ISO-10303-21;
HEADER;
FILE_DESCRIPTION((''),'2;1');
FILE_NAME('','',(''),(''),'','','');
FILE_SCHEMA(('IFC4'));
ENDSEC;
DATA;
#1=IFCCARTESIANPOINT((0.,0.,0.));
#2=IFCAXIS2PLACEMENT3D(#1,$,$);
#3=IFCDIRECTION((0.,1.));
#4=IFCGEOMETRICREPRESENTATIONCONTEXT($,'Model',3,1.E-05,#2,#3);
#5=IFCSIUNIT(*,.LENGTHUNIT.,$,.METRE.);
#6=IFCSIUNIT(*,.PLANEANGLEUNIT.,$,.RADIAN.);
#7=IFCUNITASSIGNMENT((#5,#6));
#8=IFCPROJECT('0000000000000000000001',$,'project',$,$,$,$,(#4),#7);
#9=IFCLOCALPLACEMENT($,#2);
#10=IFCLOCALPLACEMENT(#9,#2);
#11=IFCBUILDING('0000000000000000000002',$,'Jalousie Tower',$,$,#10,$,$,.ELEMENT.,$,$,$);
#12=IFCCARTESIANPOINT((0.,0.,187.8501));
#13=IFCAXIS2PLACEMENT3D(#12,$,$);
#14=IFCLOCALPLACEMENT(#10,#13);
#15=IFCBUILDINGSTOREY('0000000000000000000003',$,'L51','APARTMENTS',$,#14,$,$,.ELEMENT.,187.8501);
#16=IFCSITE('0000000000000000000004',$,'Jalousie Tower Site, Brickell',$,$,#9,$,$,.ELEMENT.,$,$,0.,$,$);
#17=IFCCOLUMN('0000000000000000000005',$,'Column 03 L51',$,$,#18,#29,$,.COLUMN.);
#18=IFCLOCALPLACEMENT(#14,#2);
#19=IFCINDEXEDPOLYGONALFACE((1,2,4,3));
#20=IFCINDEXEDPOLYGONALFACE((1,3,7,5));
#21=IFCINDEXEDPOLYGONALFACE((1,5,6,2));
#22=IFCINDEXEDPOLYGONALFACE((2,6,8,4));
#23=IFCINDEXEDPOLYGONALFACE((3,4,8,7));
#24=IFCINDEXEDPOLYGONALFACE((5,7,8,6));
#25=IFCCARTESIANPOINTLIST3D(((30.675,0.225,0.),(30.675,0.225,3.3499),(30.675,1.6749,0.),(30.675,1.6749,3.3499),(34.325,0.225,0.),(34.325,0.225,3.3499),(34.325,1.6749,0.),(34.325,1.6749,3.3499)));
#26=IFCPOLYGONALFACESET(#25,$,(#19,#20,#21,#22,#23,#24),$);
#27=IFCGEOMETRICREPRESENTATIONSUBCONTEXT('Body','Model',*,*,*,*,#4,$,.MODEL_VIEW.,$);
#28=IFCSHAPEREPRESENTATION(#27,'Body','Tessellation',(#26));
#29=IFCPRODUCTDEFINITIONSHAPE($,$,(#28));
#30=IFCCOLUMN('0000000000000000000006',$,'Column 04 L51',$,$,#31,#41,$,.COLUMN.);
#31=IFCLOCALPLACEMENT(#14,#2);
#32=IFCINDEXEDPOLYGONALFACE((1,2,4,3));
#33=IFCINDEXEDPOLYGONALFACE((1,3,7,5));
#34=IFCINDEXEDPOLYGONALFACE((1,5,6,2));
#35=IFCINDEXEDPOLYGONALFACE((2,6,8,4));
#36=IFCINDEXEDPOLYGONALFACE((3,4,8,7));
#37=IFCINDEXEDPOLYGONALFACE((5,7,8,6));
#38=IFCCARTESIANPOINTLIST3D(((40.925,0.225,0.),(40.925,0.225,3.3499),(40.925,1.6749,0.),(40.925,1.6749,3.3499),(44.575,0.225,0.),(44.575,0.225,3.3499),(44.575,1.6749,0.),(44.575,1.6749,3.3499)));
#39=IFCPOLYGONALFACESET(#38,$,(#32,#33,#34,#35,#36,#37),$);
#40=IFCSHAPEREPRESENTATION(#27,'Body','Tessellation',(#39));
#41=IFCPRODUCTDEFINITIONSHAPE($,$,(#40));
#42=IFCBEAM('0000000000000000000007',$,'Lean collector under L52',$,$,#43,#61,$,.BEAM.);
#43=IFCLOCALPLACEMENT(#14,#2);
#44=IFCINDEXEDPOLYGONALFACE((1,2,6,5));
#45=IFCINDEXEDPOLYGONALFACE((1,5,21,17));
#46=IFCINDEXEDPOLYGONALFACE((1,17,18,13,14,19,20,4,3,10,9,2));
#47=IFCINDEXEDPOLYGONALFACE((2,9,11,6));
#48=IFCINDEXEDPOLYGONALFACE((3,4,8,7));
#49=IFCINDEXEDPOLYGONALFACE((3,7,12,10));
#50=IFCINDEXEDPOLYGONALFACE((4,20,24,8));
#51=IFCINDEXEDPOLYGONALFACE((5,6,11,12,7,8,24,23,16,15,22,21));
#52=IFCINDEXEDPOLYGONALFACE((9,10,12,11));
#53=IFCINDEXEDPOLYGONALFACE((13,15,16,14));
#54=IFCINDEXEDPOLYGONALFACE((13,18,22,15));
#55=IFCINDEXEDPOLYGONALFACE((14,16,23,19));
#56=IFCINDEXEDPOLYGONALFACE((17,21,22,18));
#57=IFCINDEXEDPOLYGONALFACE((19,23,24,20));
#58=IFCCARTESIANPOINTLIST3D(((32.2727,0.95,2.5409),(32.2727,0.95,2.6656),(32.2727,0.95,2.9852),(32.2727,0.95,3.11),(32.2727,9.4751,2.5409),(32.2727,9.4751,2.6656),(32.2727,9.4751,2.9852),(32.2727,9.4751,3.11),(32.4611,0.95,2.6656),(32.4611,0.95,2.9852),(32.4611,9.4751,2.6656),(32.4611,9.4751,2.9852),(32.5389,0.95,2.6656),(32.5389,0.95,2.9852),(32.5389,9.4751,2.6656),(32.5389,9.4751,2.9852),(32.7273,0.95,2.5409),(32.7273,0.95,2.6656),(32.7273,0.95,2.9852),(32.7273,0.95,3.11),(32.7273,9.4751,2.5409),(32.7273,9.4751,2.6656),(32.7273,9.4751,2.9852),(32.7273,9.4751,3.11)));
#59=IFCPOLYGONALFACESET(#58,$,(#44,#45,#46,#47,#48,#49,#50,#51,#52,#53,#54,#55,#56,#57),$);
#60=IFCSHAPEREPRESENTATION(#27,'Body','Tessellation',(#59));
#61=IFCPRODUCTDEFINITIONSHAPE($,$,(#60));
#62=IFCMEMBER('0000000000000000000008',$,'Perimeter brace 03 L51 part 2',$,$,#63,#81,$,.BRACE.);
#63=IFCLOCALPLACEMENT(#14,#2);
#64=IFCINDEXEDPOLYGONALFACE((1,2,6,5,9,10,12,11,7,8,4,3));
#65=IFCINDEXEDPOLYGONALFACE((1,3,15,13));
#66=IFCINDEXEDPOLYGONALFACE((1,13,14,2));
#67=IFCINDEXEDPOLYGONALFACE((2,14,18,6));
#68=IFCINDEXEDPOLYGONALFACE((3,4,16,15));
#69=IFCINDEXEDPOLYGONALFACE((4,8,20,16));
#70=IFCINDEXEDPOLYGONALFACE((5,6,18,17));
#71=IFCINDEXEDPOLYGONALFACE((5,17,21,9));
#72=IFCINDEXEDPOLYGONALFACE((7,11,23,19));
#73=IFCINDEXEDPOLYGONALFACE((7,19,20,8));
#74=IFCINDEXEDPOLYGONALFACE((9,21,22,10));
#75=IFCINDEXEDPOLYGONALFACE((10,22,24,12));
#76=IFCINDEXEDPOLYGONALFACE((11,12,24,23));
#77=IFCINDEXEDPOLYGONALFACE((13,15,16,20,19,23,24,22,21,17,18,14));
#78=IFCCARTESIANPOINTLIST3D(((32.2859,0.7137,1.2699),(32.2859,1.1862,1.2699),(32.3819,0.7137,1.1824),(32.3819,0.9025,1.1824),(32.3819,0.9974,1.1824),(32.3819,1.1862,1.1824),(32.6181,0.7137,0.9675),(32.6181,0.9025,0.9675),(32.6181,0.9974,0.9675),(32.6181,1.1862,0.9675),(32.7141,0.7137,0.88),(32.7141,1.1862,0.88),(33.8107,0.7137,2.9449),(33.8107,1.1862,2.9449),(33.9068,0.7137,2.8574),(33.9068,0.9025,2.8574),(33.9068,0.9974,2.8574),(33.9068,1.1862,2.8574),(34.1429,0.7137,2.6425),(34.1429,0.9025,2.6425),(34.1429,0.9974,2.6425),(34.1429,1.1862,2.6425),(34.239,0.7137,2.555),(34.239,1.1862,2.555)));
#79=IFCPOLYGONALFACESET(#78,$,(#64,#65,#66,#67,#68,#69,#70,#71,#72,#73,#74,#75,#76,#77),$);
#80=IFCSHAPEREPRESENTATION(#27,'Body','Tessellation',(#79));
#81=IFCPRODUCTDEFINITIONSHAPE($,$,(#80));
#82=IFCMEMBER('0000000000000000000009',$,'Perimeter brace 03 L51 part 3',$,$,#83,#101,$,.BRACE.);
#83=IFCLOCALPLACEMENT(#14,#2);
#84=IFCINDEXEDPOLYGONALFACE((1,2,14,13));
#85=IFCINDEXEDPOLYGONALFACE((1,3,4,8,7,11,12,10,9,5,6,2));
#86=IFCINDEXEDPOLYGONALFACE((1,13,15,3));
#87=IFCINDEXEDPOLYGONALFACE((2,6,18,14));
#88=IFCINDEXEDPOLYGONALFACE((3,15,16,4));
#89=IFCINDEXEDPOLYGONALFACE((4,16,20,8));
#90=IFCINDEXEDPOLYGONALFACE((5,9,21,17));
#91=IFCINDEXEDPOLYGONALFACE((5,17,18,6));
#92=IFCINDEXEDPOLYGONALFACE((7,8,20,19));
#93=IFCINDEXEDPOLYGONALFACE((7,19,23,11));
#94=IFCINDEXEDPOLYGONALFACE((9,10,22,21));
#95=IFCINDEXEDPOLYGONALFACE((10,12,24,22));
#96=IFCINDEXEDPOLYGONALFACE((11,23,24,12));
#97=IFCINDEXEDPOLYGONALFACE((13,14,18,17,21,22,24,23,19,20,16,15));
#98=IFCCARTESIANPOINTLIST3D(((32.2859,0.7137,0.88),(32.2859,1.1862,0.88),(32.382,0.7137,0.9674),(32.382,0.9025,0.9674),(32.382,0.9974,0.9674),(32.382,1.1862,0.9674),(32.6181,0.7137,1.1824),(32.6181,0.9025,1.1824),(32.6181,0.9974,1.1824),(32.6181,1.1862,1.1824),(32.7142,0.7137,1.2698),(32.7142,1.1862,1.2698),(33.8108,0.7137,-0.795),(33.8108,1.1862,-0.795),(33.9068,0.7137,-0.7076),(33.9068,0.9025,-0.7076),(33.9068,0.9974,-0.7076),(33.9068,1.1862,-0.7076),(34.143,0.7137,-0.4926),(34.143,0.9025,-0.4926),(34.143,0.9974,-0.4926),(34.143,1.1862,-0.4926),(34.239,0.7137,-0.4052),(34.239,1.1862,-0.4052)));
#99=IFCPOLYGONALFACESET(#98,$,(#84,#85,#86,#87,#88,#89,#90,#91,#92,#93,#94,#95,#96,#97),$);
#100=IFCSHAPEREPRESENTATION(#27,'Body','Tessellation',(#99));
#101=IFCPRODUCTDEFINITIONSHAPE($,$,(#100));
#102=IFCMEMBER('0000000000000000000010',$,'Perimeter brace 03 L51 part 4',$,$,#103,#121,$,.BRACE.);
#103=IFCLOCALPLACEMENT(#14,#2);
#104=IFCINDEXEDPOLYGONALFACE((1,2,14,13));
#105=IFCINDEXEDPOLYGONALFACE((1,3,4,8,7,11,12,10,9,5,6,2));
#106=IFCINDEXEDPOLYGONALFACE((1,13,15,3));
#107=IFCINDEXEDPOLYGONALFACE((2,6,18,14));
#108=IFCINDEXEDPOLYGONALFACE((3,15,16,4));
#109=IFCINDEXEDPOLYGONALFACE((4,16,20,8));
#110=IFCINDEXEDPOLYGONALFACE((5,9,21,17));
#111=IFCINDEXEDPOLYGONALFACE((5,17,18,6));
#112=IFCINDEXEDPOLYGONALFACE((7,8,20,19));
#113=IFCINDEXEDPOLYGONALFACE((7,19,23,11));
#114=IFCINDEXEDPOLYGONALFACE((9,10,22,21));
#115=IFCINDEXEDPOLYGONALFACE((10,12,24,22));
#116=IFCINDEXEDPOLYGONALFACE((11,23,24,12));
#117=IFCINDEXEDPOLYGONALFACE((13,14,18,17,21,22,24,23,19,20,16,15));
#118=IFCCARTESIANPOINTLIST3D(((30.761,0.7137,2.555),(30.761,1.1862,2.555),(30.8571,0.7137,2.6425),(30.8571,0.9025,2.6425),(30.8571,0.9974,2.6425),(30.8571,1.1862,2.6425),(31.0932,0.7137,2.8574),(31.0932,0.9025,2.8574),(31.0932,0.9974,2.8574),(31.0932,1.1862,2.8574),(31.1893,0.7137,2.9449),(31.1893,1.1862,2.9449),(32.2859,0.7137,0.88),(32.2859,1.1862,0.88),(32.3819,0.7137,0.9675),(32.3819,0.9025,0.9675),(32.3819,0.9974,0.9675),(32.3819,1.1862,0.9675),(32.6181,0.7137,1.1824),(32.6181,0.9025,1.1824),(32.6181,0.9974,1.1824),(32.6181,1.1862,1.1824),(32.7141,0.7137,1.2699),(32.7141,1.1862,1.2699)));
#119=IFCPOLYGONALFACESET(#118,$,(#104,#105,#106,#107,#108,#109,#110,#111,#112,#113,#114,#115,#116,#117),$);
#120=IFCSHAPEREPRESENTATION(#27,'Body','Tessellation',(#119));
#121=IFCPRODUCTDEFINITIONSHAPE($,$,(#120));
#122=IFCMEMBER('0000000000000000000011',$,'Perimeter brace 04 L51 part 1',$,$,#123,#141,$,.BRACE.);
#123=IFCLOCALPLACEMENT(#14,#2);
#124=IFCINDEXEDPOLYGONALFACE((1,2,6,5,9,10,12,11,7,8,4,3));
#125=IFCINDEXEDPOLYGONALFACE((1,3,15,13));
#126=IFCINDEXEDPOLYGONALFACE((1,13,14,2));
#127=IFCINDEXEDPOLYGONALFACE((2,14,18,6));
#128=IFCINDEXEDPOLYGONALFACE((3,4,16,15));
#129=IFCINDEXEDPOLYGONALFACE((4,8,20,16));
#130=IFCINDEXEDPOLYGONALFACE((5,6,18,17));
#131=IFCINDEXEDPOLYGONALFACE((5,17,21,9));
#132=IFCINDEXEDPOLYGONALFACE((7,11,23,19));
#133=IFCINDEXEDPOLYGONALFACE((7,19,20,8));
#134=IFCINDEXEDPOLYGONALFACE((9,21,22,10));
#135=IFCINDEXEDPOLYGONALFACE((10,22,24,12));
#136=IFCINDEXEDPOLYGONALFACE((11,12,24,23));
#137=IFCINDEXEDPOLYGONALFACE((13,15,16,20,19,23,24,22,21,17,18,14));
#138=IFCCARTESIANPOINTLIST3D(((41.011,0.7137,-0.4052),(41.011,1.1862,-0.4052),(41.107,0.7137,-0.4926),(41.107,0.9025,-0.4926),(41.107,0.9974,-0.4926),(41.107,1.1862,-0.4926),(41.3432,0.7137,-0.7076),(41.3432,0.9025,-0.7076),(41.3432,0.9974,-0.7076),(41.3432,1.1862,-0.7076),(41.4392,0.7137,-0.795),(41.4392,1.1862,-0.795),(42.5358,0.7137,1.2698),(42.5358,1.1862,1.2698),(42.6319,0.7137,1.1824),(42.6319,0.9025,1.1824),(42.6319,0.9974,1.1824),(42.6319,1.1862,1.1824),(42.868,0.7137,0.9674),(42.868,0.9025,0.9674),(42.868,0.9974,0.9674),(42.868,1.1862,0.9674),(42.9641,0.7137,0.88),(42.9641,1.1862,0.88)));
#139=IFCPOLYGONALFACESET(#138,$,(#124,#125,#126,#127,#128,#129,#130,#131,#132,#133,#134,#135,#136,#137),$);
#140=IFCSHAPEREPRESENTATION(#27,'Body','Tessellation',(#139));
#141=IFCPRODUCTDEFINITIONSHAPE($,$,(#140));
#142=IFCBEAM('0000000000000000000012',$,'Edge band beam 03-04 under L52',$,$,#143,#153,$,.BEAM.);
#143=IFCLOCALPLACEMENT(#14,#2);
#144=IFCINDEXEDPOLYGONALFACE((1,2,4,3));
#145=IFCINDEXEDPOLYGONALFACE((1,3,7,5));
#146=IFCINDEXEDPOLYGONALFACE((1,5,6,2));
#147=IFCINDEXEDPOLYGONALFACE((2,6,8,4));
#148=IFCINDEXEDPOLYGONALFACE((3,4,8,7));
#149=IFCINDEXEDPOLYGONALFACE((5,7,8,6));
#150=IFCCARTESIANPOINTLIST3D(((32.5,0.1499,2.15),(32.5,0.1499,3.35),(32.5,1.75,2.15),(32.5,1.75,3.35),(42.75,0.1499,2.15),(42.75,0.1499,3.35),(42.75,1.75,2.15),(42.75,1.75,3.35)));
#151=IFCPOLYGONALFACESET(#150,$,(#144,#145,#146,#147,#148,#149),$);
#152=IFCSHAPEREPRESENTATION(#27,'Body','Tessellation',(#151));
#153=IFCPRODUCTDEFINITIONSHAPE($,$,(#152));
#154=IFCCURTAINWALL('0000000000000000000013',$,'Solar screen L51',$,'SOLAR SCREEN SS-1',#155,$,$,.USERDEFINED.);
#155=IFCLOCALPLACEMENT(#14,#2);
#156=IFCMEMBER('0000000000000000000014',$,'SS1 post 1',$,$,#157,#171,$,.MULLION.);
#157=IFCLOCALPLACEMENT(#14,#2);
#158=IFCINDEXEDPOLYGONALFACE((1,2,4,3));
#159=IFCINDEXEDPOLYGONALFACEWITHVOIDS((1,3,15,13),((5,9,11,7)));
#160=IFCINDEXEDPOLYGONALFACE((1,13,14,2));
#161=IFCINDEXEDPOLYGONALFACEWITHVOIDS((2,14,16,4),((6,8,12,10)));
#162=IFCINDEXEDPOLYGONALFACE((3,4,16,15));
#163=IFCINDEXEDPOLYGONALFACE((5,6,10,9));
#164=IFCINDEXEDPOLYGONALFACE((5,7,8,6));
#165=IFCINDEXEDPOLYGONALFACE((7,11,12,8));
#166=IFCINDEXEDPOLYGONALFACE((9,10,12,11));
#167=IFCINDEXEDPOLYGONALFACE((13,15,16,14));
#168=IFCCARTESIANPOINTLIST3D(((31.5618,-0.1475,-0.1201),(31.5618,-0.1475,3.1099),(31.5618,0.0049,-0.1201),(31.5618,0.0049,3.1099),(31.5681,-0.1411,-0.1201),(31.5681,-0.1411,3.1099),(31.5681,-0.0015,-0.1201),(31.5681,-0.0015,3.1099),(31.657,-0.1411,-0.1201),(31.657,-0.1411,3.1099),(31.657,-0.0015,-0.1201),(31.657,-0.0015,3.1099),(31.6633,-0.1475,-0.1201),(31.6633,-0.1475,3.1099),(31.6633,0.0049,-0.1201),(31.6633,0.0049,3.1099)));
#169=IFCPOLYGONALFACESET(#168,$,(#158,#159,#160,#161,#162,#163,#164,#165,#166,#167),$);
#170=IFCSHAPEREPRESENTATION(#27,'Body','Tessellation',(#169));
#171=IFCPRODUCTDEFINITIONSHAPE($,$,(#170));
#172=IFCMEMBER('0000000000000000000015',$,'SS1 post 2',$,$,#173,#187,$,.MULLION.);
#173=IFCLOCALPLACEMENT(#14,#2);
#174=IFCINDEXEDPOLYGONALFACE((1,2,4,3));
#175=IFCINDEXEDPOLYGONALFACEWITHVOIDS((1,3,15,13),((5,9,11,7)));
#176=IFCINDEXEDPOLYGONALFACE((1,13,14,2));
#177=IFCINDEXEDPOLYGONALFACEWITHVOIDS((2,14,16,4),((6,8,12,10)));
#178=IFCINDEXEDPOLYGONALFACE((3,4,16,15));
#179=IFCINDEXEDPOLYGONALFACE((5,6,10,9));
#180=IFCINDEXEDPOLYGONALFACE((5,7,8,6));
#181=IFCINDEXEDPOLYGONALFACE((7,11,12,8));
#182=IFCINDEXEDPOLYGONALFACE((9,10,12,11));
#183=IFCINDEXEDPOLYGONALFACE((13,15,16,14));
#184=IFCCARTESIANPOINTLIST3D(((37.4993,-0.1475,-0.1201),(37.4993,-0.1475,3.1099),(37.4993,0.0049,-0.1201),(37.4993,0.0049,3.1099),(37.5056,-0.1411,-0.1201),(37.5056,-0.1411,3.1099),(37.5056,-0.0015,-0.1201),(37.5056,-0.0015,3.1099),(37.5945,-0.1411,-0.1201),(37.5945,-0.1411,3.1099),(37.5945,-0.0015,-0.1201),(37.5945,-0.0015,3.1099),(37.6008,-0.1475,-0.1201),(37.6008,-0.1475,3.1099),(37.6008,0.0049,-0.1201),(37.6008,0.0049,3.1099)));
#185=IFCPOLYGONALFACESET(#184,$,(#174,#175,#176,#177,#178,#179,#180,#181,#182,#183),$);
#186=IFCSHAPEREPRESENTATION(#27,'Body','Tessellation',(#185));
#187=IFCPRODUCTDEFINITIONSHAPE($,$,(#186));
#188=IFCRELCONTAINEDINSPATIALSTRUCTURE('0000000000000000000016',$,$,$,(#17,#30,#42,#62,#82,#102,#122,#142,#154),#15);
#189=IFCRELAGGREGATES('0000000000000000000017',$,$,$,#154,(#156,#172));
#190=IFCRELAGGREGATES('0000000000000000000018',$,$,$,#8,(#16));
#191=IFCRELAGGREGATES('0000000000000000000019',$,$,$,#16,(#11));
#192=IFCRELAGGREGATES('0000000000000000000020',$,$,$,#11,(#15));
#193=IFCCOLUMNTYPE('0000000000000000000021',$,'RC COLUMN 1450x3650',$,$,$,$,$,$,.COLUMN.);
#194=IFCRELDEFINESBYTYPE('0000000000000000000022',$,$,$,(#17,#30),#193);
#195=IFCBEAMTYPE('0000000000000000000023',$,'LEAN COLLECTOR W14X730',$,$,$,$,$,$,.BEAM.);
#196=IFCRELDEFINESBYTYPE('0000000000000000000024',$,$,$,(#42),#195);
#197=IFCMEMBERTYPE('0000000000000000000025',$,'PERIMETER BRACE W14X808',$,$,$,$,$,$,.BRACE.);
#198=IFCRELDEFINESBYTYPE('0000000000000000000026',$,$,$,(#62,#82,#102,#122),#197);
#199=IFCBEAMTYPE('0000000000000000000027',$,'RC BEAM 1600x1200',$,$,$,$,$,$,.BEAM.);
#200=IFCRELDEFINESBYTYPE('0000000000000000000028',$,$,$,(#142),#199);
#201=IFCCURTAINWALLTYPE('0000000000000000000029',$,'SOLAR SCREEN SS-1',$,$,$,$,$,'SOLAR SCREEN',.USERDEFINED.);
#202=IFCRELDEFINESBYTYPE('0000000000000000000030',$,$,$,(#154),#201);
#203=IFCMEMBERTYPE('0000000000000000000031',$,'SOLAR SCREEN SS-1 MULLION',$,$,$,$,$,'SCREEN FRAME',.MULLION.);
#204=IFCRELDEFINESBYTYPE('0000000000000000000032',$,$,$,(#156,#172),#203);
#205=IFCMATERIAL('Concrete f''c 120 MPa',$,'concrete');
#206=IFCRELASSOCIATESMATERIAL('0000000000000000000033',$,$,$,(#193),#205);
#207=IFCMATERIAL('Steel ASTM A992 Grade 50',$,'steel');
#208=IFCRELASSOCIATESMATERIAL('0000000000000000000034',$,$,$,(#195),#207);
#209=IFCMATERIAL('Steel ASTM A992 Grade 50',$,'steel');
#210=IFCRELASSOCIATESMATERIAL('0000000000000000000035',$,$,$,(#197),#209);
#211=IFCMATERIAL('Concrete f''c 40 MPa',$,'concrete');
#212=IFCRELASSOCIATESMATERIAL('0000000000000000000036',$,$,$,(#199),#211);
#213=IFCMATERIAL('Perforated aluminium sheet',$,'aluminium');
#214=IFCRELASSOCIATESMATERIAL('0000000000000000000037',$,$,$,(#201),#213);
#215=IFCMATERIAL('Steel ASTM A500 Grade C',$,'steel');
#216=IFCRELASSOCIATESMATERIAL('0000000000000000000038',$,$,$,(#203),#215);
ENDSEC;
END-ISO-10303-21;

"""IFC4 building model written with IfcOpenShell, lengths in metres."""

from ifc_helpers import new_model, si_unit, direction, frame, origin, origin_2d, place, context, subcontext, project, spatial, rectangle, hollow_rectangle, i_section, extrude, material, material_profile, profile_set, type_object, element, aggregate, save


model = new_model("IFC4")

# Units and contexts
model_context = context("Model", 3, precision=1e-05, world=origin(), true_north=direction((0.0, 1.0)))
body_context = subcontext(model_context, "Body", "Model", "MODEL_VIEW")
ifc_project = project(units=[si_unit("LENGTHUNIT", "METRE"), si_unit("PLANEANGLEUNIT", "RADIAN")], contexts=[model_context])

# Site, building, storey
site_placement = place(None, origin())
site = spatial("IfcSite", under=ifc_project, at=site_placement, Name="Jalousie Tower Site, Brickell", CompositionType="ELEMENT", RefElevation=0.0)
building_placement = place(site_placement, origin())
building = spatial("IfcBuilding", under=site, at=building_placement, Name="Jalousie Tower", CompositionType="ELEMENT")
storey_placement = place(building_placement, frame((0.0, 0.0, 187.8501)))
storey = spatial("IfcBuildingStorey", under=building, at=storey_placement, Name="L51", Description="APARTMENTS", CompositionType="ELEMENT", Elevation=187.8501)

# Columns
ifc_material_1 = material(Name="Concrete f'c 120 MPa", Category="concrete")
ifc_material_profile_1 = material_profile(ifc_material_1, rectangle(XDim=1.45, YDim=3.6499, at=origin_2d()), Name="RC 1450x3650")
ifc_profile_set_1 = profile_set([ifc_material_profile_1], Name="Concrete f'c 120 MPa")
column_type = type_object("IfcColumnType", Name="RC COLUMN 1450x3650", PredefinedType="COLUMN", material=ifc_profile_set_1)
for number, where, z_axis, x_axis, name in (
    (1, (32.5, 0.95, 0.0), (0.0, 0.0, 1.0), (0.0, 1.0, 0.0), "Column 03 L51"),
    (2, (42.75, 0.95, 0.0), (0.0, 0.0, 1.0), (0.0, 1.0, 0.0), "Column 04 L51"),
):
    element("IfcColumn", number, at=place(storey_placement, frame(where, z_axis=z_axis, x_axis=x_axis)), inside=storey, type_object=column_type, Name=name, PredefinedType="COLUMN", context=body_context, shape_type="SweptSolid", body=[
        extrude(rectangle(XDim=1.45, YDim=3.6499, at=origin_2d()), origin(), (0.0, 0.0, 1.0), 3.3499),
    ])

# Beam
ifc_material_2 = material(Name="Steel ASTM A992 Grade 50", Category="steel")
ifc_material_profile_2 = material_profile(ifc_material_2, i_section(OverallWidth=0.4546, OverallDepth=0.5691, WebThickness=0.0779, FlangeThickness=0.1248, at=origin_2d()), Name="W14X730")
ifc_profile_set_2 = profile_set([ifc_material_profile_2], Name="Steel ASTM A992 Grade 50")
beam_type_1 = type_object("IfcBeamType", Name="LEAN COLLECTOR W14X730", PredefinedType="BEAM", material=ifc_profile_set_2)
beam_1_placement = place(storey_placement, frame((32.5, 0.95, 2.8254), z_axis=(0.0, 1.0, 0.0), x_axis=(-1.0, 0.0, 0.0)))
element("IfcBeam", 3, at=beam_1_placement, inside=storey, type_object=beam_type_1, Name="Lean collector under L52", PredefinedType="BEAM", context=body_context, shape_type="SweptSolid", body=[
    extrude(i_section(OverallWidth=0.4546, OverallDepth=0.5691, WebThickness=0.0779, FlangeThickness=0.1248, at=origin_2d()), origin(), (0.0, 0.0, 1.0), 8.5251),
])

# Members
ifc_material_3 = material(Name="Steel ASTM A992 Grade 50", Category="steel")
ifc_material_profile_3 = material_profile(ifc_material_3, i_section(OverallWidth=0.4724, OverallDepth=0.5791, WebThickness=0.095, FlangeThickness=0.1299, at=origin_2d()), Name="W14X808")
ifc_profile_set_3 = profile_set([ifc_material_profile_3], Name="Steel ASTM A992 Grade 50")
member_type_1 = type_object("IfcMemberType", Name="PERIMETER BRACE W14X808", PredefinedType="BRACE", material=ifc_profile_set_3)
for number, where, z_axis, x_axis, name in (
    (4, (32.5, 0.95, 1.075), (0.673188, 0.0, 0.739472), (0.0, 1.0, 0.0), "Perimeter brace 03 L51 part 2"),
    (5, (34.0249, 0.95, -0.6001), (-0.673188, 0.0, 0.739472), (0.0, -1.0, 0.0), "Perimeter brace 03 L51 part 3"),
    (6, (32.5, 0.95, 1.075), (-0.673188, 0.0, 0.739472), (0.0, -1.0, 0.0), "Perimeter brace 03 L51 part 4"),
    (7, (41.2251, 0.95, -0.6001), (0.673188, 0.0, 0.739472), (0.0, 1.0, 0.0), "Perimeter brace 04 L51 part 1"),
):
    element("IfcMember", number, at=place(storey_placement, frame(where, z_axis=z_axis, x_axis=x_axis)), inside=storey, type_object=member_type_1, Name=name, PredefinedType="BRACE", context=body_context, shape_type="SweptSolid", body=[
        extrude(i_section(OverallWidth=0.4724, OverallDepth=0.5791, WebThickness=0.095, FlangeThickness=0.1299, at=origin_2d()), origin(), (0.0, 0.0, 1.0), 2.2651),
    ])

# Beam
ifc_material_4 = material(Name="Concrete f'c 40 MPa", Category="concrete")
ifc_material_profile_4 = material_profile(ifc_material_4, rectangle(XDim=1.6001, YDim=1.2, at=origin_2d()), Name="RC 1600x1200")
ifc_profile_set_4 = profile_set([ifc_material_profile_4], Name="Concrete f'c 40 MPa")
beam_type_2 = type_object("IfcBeamType", Name="RC BEAM 1600x1200", PredefinedType="BEAM", material=ifc_profile_set_4)
beam_2_placement = place(storey_placement, frame((32.5, 0.95, 2.75), z_axis=(1.0, 0.0, 0.0), x_axis=(0.0, 1.0, 0.0)))
element("IfcBeam", 8, at=beam_2_placement, inside=storey, type_object=beam_type_2, Name="Edge band beam 03-04 under L52", PredefinedType="BEAM", context=body_context, shape_type="SweptSolid", body=[
    extrude(rectangle(XDim=1.6001, YDim=1.2, at=origin_2d()), origin(), (0.0, 0.0, 1.0), 10.25),
])

# Curtain wall, members
ifc_material_5 = material(Name="Perforated aluminium sheet", Category="aluminium")
curtain_wall_type = type_object("IfcCurtainWallType", Name="SOLAR SCREEN SS-1", ElementType="SOLAR SCREEN", PredefinedType="USERDEFINED", material=ifc_material_5)
curtain_wall_1_placement = place(storey_placement, origin())
curtain_wall_1 = element("IfcCurtainWall", 9, at=curtain_wall_1_placement, inside=storey, type_object=curtain_wall_type, Name="Solar screen L51", ObjectType="SOLAR SCREEN SS-1", PredefinedType="USERDEFINED")
ifc_material_6 = material(Name="Steel ASTM A500 Grade C", Category="steel")
ifc_material_profile_5 = material_profile(ifc_material_6, hollow_rectangle(XDim=0.1016, YDim=0.1523, WallThickness=0.0063, at=origin_2d()), Name="HSS6X4X1/4")
ifc_profile_set_5 = profile_set([ifc_material_profile_5], Name="Steel ASTM A500 Grade C")
member_type_2 = type_object("IfcMemberType", Name="SOLAR SCREEN SS-1 MULLION", ElementType="SCREEN FRAME", PredefinedType="MULLION", material=ifc_profile_set_5)
member_1_placement = place(storey_placement, frame((31.6125, -0.0713, -0.1201), z_axis=(0.0, 0.0, 1.0), x_axis=(1.0, 0.0, 0.0)))
member_1 = element("IfcMember", 10, at=member_1_placement, type_object=member_type_2, Name="SS1 post 1", PredefinedType="MULLION", context=body_context, shape_type="SweptSolid", body=[
    extrude(hollow_rectangle(XDim=0.1016, YDim=0.1523, WallThickness=0.0063, at=origin_2d()), origin(), (0.0, 0.0, 1.0), 3.23),
])
member_2_placement = place(storey_placement, frame((37.55, -0.0713, -0.1201), z_axis=(0.0, 0.0, 1.0), x_axis=(1.0, 0.0, 0.0)))
member_2 = element("IfcMember", 11, at=member_2_placement, type_object=member_type_2, Name="SS1 post 2", PredefinedType="MULLION", context=body_context, shape_type="SweptSolid", body=[
    extrude(hollow_rectangle(XDim=0.1016, YDim=0.1523, WallThickness=0.0063, at=origin_2d()), origin(), (0.0, 0.0, 1.0), 3.23),
])

aggregate(curtain_wall_1, [member_1, member_2])

save(model, "model.ifc")
